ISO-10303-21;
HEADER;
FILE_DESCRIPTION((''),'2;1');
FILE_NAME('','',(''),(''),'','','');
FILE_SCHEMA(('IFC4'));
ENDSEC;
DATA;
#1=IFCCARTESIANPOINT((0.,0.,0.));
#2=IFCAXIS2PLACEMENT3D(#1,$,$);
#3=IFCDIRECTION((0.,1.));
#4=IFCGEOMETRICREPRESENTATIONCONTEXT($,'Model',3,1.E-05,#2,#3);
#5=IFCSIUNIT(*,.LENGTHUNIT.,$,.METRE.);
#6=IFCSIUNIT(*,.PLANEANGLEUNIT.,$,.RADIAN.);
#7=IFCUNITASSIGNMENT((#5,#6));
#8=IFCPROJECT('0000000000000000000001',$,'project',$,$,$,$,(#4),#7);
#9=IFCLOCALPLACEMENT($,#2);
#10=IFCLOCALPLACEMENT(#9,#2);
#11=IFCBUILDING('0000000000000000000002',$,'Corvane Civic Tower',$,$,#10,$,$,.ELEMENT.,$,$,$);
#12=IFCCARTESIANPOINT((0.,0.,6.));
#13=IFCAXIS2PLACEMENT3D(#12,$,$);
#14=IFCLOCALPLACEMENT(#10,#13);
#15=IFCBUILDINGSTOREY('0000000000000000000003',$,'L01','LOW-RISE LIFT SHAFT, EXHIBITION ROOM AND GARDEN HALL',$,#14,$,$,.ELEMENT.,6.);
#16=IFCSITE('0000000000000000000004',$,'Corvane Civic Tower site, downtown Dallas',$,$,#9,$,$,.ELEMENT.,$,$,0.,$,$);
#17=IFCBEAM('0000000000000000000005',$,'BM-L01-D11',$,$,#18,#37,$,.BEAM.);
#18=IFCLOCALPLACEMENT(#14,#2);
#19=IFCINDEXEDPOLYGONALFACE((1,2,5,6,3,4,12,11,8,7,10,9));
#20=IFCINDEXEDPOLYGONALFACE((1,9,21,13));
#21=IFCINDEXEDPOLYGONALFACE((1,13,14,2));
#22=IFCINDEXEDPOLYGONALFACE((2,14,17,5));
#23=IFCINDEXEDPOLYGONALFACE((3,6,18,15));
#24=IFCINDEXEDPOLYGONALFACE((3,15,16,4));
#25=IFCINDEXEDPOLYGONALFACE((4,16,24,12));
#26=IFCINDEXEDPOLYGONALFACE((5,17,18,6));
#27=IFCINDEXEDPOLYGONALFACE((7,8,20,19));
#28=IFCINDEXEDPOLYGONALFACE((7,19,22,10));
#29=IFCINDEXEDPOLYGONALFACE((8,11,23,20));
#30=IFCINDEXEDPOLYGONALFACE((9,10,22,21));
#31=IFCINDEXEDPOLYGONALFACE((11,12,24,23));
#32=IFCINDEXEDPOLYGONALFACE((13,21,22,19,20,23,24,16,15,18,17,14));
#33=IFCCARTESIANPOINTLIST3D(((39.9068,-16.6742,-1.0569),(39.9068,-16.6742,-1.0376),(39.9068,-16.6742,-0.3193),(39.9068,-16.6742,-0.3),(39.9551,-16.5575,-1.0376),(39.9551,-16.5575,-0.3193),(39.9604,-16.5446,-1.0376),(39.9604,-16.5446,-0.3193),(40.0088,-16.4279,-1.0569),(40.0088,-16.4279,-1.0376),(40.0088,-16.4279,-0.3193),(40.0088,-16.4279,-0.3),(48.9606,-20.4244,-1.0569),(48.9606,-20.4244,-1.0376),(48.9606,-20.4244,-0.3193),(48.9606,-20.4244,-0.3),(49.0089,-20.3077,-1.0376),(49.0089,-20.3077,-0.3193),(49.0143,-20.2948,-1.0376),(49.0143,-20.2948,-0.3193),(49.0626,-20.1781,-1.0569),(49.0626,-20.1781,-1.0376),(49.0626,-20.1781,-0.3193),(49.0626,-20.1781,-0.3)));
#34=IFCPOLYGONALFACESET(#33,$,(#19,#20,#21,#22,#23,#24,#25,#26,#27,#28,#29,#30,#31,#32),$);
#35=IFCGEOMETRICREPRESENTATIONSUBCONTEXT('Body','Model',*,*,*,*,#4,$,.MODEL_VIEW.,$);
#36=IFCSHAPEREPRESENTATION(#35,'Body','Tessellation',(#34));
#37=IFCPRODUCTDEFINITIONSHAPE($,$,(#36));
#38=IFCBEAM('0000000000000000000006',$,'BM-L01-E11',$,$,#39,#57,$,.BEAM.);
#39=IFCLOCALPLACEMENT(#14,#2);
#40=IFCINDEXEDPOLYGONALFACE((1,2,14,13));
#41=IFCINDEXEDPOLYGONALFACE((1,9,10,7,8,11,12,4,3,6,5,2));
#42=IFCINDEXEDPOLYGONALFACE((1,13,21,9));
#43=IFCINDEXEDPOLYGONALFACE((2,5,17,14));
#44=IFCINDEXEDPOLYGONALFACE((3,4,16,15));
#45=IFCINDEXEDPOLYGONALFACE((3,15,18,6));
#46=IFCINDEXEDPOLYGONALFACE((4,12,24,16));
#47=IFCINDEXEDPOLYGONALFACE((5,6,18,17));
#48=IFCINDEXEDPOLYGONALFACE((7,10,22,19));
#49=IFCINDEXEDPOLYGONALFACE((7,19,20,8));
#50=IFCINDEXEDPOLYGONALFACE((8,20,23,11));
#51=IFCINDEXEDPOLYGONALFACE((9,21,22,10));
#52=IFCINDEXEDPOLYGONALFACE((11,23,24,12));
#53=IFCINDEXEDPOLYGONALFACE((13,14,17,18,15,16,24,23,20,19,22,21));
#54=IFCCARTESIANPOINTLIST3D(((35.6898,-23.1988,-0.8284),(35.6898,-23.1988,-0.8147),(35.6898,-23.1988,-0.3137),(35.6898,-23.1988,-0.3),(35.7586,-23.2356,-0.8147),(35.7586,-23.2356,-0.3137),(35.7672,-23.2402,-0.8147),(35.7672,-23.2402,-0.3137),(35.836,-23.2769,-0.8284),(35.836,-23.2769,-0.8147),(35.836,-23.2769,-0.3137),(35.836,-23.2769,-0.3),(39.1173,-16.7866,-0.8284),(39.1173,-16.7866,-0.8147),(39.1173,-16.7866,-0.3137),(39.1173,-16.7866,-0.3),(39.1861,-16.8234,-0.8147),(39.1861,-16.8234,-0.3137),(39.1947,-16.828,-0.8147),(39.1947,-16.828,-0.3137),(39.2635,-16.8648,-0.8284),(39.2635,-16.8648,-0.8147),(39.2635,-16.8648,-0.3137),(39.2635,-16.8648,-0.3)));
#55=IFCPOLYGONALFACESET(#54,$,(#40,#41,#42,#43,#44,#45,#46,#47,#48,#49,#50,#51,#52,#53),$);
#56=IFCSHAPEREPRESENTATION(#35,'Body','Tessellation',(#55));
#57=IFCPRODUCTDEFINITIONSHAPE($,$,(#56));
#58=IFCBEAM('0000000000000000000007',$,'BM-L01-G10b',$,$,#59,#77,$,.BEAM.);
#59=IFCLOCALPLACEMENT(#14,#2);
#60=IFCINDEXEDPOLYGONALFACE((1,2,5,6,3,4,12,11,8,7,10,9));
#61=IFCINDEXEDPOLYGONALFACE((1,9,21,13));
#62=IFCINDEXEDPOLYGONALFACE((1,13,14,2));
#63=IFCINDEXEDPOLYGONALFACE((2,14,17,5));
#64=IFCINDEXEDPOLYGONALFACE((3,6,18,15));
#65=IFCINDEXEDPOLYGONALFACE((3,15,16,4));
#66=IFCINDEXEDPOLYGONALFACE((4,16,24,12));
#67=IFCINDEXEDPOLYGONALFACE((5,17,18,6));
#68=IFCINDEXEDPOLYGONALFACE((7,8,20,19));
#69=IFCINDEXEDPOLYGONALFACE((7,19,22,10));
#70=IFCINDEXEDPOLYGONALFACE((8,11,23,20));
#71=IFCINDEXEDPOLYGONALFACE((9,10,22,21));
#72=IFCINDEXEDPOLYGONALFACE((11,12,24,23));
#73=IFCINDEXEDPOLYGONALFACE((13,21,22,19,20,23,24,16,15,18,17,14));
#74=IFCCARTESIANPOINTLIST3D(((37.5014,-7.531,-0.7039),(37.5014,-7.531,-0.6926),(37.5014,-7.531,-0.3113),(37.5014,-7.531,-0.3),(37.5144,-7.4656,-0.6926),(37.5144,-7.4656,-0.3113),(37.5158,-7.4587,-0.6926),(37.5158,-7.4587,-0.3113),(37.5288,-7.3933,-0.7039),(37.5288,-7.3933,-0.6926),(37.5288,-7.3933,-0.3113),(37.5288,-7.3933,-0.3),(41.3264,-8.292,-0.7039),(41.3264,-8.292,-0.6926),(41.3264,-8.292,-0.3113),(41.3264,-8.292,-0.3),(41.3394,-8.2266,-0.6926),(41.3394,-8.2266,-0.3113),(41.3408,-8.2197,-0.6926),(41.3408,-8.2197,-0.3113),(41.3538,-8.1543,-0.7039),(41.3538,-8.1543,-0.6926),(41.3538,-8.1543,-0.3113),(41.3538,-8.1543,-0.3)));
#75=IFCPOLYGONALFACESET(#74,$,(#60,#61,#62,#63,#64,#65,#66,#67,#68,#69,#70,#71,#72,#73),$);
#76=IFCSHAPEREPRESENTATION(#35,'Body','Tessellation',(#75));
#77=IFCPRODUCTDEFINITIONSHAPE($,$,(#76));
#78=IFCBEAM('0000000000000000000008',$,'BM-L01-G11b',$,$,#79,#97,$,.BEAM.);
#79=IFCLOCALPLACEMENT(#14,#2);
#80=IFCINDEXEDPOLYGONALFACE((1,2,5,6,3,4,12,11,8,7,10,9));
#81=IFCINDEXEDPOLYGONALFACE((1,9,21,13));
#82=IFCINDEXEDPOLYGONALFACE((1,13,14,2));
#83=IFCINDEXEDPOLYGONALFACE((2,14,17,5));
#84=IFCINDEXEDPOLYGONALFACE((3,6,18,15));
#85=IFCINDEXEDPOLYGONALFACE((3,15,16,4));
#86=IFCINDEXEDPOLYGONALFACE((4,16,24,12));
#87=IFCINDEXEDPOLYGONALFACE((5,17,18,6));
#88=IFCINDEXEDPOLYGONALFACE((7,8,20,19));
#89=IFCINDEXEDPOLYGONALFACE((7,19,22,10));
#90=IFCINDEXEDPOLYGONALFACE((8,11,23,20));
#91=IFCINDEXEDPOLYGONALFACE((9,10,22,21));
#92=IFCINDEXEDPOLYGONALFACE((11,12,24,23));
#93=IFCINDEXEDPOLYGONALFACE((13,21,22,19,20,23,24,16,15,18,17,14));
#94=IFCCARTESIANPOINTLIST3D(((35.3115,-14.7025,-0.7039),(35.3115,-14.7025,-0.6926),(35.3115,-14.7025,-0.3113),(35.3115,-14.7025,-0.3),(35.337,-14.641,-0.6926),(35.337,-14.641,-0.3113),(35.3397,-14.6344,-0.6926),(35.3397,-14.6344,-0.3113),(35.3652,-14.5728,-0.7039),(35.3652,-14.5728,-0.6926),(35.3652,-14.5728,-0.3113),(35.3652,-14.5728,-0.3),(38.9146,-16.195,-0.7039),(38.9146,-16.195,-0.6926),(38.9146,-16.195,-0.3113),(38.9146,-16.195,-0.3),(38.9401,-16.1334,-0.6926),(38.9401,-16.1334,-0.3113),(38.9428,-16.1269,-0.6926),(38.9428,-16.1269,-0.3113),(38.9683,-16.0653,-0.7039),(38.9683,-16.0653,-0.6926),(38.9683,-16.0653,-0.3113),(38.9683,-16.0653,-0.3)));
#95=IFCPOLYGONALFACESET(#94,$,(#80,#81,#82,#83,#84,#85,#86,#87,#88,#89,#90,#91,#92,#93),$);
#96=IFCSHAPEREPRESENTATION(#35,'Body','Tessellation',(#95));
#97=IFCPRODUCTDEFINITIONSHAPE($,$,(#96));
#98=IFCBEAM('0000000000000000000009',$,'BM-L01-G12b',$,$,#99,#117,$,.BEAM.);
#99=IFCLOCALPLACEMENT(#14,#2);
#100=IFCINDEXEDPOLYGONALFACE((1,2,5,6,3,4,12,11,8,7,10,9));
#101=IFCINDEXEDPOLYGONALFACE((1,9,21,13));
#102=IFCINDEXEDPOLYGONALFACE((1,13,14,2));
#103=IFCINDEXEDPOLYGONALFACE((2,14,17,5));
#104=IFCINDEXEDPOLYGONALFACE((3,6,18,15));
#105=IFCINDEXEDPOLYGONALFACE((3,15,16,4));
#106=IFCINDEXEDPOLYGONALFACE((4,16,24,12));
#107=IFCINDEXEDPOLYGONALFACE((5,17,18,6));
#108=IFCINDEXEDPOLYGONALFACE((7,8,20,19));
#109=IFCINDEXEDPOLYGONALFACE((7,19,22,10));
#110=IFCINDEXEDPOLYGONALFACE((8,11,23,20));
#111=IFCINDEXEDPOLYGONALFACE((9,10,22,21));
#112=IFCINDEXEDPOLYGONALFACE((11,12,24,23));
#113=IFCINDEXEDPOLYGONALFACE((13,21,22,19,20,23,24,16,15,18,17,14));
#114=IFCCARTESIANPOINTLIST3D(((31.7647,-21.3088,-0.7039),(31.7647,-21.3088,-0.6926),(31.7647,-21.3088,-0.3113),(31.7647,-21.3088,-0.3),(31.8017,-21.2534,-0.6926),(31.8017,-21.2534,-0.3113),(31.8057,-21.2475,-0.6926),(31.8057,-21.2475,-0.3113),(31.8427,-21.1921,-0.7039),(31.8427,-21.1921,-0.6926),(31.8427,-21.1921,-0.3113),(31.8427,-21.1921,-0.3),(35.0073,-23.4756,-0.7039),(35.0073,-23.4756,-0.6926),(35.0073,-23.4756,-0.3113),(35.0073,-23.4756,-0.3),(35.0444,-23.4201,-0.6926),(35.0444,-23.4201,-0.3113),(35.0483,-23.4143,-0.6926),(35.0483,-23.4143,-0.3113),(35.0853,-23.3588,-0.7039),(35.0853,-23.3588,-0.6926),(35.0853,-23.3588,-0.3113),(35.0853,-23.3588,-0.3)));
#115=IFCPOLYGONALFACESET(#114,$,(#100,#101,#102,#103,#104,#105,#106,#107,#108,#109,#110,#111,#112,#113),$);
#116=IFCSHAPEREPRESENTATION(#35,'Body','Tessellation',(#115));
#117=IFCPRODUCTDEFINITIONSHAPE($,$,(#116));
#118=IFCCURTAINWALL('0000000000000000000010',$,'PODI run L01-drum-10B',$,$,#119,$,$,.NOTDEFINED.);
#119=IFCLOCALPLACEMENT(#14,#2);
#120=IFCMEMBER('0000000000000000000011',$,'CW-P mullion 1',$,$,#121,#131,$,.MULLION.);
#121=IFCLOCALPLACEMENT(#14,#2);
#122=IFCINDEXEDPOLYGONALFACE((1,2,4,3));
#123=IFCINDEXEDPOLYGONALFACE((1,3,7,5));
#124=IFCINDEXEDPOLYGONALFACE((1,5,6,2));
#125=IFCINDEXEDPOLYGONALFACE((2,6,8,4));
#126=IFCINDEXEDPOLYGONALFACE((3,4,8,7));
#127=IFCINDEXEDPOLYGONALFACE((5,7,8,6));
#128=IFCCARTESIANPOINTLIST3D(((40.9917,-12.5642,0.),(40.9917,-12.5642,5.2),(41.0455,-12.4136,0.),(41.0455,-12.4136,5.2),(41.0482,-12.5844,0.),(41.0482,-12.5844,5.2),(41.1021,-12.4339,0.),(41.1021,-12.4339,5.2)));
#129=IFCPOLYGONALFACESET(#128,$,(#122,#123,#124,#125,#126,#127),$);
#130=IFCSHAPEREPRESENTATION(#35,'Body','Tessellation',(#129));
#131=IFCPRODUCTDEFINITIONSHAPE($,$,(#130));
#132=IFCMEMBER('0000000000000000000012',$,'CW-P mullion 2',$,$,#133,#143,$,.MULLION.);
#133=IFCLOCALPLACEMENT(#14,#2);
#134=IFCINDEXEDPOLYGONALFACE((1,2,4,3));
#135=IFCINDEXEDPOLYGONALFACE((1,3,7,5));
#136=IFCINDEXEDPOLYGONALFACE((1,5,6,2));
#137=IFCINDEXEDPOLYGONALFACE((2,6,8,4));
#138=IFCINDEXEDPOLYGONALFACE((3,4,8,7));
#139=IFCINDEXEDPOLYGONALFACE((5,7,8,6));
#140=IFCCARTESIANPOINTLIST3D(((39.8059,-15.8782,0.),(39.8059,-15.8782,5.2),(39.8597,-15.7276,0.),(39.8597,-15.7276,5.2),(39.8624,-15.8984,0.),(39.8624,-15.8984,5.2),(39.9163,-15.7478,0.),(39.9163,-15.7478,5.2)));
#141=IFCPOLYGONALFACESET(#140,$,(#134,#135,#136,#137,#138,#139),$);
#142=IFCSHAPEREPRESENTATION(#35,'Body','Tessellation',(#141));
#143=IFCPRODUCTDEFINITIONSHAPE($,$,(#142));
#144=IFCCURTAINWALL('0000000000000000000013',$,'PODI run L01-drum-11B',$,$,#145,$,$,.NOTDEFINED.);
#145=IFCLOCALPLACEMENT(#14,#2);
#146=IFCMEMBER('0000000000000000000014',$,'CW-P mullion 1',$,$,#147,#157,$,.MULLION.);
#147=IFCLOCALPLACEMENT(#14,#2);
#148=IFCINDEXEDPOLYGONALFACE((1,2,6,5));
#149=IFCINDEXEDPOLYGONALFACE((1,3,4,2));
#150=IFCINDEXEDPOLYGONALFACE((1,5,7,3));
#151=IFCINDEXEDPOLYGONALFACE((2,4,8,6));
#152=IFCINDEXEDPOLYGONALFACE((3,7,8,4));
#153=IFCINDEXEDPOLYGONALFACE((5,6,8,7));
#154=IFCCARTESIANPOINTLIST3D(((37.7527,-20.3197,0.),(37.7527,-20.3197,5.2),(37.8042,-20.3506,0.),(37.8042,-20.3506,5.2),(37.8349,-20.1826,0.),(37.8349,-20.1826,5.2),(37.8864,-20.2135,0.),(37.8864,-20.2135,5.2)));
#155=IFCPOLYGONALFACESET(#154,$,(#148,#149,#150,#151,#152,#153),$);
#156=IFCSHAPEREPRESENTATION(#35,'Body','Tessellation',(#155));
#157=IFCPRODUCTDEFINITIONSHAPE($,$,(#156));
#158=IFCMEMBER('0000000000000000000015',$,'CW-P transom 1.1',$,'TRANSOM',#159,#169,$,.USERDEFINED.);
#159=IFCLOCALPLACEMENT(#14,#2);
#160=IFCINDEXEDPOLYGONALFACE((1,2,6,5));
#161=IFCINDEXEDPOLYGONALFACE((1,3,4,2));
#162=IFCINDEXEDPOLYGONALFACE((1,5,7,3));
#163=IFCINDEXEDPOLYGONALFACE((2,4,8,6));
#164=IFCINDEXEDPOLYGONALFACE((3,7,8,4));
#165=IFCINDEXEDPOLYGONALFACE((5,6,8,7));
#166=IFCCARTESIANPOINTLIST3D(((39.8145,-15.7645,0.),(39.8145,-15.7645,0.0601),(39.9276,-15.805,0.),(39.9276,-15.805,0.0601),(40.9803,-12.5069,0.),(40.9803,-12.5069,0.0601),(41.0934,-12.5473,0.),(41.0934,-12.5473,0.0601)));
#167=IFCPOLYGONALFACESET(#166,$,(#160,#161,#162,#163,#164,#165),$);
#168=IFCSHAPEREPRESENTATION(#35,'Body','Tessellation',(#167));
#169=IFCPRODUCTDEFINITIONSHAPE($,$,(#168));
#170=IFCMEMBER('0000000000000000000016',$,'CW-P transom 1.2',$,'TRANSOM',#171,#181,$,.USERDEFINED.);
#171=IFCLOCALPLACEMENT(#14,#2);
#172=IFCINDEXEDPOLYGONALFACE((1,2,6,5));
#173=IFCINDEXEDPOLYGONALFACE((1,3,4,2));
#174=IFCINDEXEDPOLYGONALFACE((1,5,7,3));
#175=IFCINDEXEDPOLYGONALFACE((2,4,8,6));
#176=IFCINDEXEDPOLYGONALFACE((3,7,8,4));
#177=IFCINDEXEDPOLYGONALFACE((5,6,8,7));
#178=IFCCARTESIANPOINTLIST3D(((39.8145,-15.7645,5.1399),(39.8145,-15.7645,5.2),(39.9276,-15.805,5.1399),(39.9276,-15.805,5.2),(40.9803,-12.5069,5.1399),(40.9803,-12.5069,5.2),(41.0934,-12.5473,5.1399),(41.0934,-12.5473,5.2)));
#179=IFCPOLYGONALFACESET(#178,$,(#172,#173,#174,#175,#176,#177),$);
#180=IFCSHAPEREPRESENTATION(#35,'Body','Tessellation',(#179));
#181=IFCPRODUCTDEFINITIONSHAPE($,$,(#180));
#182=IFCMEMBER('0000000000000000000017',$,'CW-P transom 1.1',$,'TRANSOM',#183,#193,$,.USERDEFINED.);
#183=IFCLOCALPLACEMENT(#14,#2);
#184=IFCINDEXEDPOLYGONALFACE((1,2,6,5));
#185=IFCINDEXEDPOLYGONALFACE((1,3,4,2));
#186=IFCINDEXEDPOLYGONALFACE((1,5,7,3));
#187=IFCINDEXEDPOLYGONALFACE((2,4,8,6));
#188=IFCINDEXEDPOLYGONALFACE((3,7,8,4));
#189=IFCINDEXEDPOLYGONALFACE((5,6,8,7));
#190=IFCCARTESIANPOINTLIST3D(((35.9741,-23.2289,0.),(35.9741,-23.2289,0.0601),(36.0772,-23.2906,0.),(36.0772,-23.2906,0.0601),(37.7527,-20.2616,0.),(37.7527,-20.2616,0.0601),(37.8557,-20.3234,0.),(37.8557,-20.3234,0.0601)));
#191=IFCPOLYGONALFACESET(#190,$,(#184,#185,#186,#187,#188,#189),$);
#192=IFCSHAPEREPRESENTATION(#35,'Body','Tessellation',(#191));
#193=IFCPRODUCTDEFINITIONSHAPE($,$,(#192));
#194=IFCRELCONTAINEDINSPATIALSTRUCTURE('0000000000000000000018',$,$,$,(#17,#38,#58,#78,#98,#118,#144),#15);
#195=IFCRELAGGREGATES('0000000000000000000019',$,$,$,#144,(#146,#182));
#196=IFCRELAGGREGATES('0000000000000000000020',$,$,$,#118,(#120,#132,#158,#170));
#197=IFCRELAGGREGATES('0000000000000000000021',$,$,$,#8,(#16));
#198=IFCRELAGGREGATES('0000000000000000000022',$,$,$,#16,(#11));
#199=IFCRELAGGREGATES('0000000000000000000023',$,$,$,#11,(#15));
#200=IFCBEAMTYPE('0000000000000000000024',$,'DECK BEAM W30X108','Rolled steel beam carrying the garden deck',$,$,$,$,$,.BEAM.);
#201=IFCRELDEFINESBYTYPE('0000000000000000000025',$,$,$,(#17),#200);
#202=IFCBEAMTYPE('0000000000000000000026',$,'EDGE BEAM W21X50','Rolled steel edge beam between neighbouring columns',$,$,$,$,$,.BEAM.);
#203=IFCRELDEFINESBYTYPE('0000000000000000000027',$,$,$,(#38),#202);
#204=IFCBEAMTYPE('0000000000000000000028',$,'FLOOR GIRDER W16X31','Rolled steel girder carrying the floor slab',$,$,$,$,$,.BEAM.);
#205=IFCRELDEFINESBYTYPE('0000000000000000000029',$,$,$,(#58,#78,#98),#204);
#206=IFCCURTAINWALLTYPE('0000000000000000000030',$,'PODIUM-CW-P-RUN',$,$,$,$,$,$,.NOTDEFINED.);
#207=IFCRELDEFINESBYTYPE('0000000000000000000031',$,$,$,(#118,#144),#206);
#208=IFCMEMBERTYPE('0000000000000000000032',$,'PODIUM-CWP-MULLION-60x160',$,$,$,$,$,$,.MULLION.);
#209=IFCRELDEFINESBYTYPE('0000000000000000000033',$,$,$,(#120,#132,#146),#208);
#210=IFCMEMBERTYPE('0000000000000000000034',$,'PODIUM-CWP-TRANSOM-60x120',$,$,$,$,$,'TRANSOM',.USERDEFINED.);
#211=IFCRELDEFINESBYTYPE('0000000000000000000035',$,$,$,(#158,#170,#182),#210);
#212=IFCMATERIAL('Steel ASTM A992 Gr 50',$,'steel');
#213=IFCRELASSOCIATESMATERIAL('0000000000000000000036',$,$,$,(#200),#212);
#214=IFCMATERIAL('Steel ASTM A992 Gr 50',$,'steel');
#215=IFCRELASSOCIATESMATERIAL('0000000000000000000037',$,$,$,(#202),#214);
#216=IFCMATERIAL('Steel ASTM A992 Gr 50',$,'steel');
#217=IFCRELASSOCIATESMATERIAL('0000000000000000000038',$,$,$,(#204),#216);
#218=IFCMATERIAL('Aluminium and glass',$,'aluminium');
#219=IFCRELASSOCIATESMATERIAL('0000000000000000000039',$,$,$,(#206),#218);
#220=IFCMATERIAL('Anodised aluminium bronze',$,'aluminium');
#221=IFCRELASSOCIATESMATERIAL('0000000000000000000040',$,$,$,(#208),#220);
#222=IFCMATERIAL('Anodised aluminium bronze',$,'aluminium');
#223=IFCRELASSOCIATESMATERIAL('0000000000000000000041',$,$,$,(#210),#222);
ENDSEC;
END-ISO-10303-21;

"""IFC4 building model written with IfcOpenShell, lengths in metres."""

from ifc_helpers import new_model, si_unit, direction, frame, origin, origin_2d, place, context, subcontext, project, spatial, rectangle, i_section, extrude, material, material_profile, profile_set, type_object, element, aggregate, save


model = new_model("IFC4")

# Units and contexts
model_context = context("Model", 3, precision=1e-05, world=origin(), true_north=direction((0.0, 1.0)))
body_context = subcontext(model_context, "Body", "Model", "MODEL_VIEW")
ifc_project = project(units=[si_unit("LENGTHUNIT", "METRE"), si_unit("PLANEANGLEUNIT", "RADIAN")], contexts=[model_context])

# Site, building, storey
site_placement = place(None, origin())
site = spatial("IfcSite", under=ifc_project, at=site_placement, Name="Corvane Civic Tower site, downtown Dallas", CompositionType="ELEMENT", RefElevation=0.0)
building_placement = place(site_placement, origin())
building = spatial("IfcBuilding", under=site, at=building_placement, Name="Corvane Civic Tower", CompositionType="ELEMENT")
storey_placement = place(building_placement, frame((0.0, 0.0, 6.0)))
storey = spatial("IfcBuildingStorey", under=building, at=storey_placement, Name="L01", Description="LOW-RISE LIFT SHAFT, EXHIBITION ROOM AND GARDEN HALL", CompositionType="ELEMENT", Elevation=6.0)

# Beams
ifc_material_1 = material(Name="Steel ASTM A992 Gr 50", Category="steel")
ifc_material_profile_1 = material_profile(ifc_material_1, i_section(OverallWidth=0.2666, OverallDepth=0.7568, WebThickness=0.0139, FlangeThickness=0.0193, at=origin_2d()), Name="W30X108")
ifc_profile_set_1 = profile_set([ifc_material_profile_1], Name="Steel ASTM A992 Gr 50")
beam_type_1 = type_object("IfcBeamType", Name="DECK BEAM W30X108", Description="Rolled steel beam carrying the garden deck", PredefinedType="BEAM", material=ifc_profile_set_1)
beam_1_placement = place(storey_placement, frame((39.9578, -16.551, -0.6785), z_axis=(0.923881, -0.382681, 0.0), x_axis=(0.382681, 0.923881, 0.0)))
element("IfcBeam", 1, at=beam_1_placement, inside=storey, type_object=beam_type_1, Name="BM-L01-D11", PredefinedType="BEAM", context=body_context, shape_type="SweptSolid", body=[
    extrude(i_section(OverallWidth=0.2666, OverallDepth=0.7568, WebThickness=0.0139, FlangeThickness=0.0193, at=origin_2d()), origin(), (0.0, 0.0, 1.0), 9.7998),
])
ifc_material_2 = material(Name="Steel ASTM A992 Gr 50", Category="steel")
ifc_material_profile_2 = material_profile(ifc_material_2, i_section(OverallWidth=0.1658, OverallDepth=0.5283, WebThickness=0.0098, FlangeThickness=0.0137, at=origin_2d()), Name="W21X50")
ifc_profile_set_2 = profile_set([ifc_material_profile_2], Name="Steel ASTM A992 Gr 50")
beam_type_2 = type_object("IfcBeamType", Name="EDGE BEAM W21X50", Description="Rolled steel edge beam between neighbouring columns", PredefinedType="BEAM", material=ifc_profile_set_2)
beam_2_placement = place(storey_placement, frame((39.1904, -16.8257, -0.5642), z_axis=(-0.471412, -0.881913, 0.0), x_axis=(0.881913, -0.471412, 0.0)))
element("IfcBeam", 2, at=beam_2_placement, inside=storey, type_object=beam_type_2, Name="BM-L01-E11", PredefinedType="BEAM", context=body_context, shape_type="SweptSolid", body=[
    extrude(i_section(OverallWidth=0.1658, OverallDepth=0.5283, WebThickness=0.0098, FlangeThickness=0.0137, at=origin_2d()), origin(), (0.0, 0.0, 1.0), 7.2708),
])
ifc_material_3 = material(Name="Steel ASTM A992 Gr 50", Category="steel")
ifc_material_profile_3 = material_profile(ifc_material_3, i_section(OverallWidth=0.1404, OverallDepth=0.4038, WebThickness=0.0071, FlangeThickness=0.0112, at=origin_2d()), Name="W16X31")
ifc_profile_set_3 = profile_set([ifc_material_profile_3], Name="Steel ASTM A992 Gr 50")
beam_type_3 = type_object("IfcBeamType", Name="FLOOR GIRDER W16X31", Description="Rolled steel girder carrying the floor slab", PredefinedType="BEAM", material=ifc_profile_set_3)
for number, where, z_axis, x_axis, name in (
    (3, (37.5151, -7.4622, -0.502), (0.980778, -0.195129, 0.0), (0.195129, 0.980778, 0.0), "BM-L01-G10b"),
    (4, (35.3384, -14.6377, -0.502), (0.923879, -0.382685, 0.0), (0.382685, 0.923879, 0.0), "BM-L01-G11b"),
    (5, (31.8037, -21.2505, -0.502), (0.831462, -0.555581, 0.0), (0.555581, 0.831462, 0.0), "BM-L01-G12b"),
):
    element("IfcBeam", number, at=place(storey_placement, frame(where, z_axis=z_axis, x_axis=x_axis)), inside=storey, type_object=beam_type_3, Name=name, PredefinedType="BEAM", context=body_context, shape_type="SweptSolid", body=[
        extrude(i_section(OverallWidth=0.1404, OverallDepth=0.4038, WebThickness=0.0071, FlangeThickness=0.0112, at=origin_2d()), origin(), (0.0, 0.0, 1.0), 3.8999),
    ])

# Curtain wall, members
ifc_material_4 = material(Name="Aluminium and glass", Category="aluminium")
curtain_wall_type = type_object("IfcCurtainWallType", Name="PODIUM-CW-P-RUN", PredefinedType="NOTDEFINED", material=ifc_material_4)
curtain_wall_1_placement = place(storey_placement, origin())
curtain_wall_1 = element("IfcCurtainWall", 6, at=curtain_wall_1_placement, inside=storey, type_object=curtain_wall_type, Name="PODI run L01-drum-10B", PredefinedType="NOTDEFINED")
ifc_material_5 = material(Name="Anodised aluminium bronze", Category="aluminium")
ifc_material_profile_4 = material_profile(ifc_material_5, rectangle(XDim=0.0601, YDim=0.1599, at=origin_2d()), Name="AL 60x160")
ifc_profile_set_4 = profile_set([ifc_material_profile_4], Name="Anodised aluminium bronze")
member_type_1 = type_object("IfcMemberType", Name="PODIUM-CWP-MULLION-60x160", PredefinedType="MULLION", material=ifc_profile_set_4)
member_1_placement = place(storey_placement, frame((41.0469, -12.499, 0.0), z_axis=(0.0, 0.0, 1.0), x_axis=(0.941534, -0.336919, 0.0)))
member_1 = element("IfcMember", 7, at=member_1_placement, type_object=member_type_1, Name="CW-P mullion 1", PredefinedType="MULLION", context=body_context, shape_type="SweptSolid", body=[
    extrude(rectangle(XDim=0.0601, YDim=0.1599, at=origin_2d()), origin(), (0.0, 0.0, 1.0), 5.2),
])
member_2_placement = place(storey_placement, frame((39.8611, -15.813, 0.0), z_axis=(0.0, 0.0, 1.0), x_axis=(0.941534, -0.336919, 0.0)))
member_2 = element("IfcMember", 8, at=member_2_placement, type_object=member_type_1, Name="CW-P mullion 2", PredefinedType="MULLION", context=body_context, shape_type="SweptSolid", body=[
    extrude(rectangle(XDim=0.0601, YDim=0.1599, at=origin_2d()), origin(), (0.0, 0.0, 1.0), 5.2),
])

# Curtain wall, member
curtain_wall_2_placement = place(storey_placement, origin())
curtain_wall_2 = element("IfcCurtainWall", 9, at=curtain_wall_2_placement, inside=storey, type_object=curtain_wall_type, Name="PODI run L01-drum-11B", PredefinedType="NOTDEFINED")
member_3_placement = place(storey_placement, frame((37.8196, -20.2666, 0.0), z_axis=(0.0, 0.0, 1.0), x_axis=(0.85772, -0.514118, 0.0)))
member_3 = element("IfcMember", 10, at=member_3_placement, type_object=member_type_1, Name="CW-P mullion 1", PredefinedType="MULLION", context=body_context, shape_type="SweptSolid", body=[
    extrude(rectangle(XDim=0.0601, YDim=0.1599, at=origin_2d()), origin(), (0.0, 0.0, 1.0), 5.2),
])

# Members
ifc_material_6 = material(Name="Anodised aluminium bronze", Category="aluminium")
ifc_material_profile_5 = material_profile(ifc_material_6, rectangle(XDim=0.1201, YDim=0.0601, at=origin_2d()), Name="AL 120x60")
ifc_profile_set_5 = profile_set([ifc_material_profile_5], Name="Anodised aluminium bronze")
member_type_2 = type_object("IfcMemberType", Name="PODIUM-CWP-TRANSOM-60x120", ElementType="TRANSOM", PredefinedType="USERDEFINED", material=ifc_profile_set_5)
member_4_placement = place(storey_placement, frame((41.0369, -12.5271, 0.03), z_axis=(-0.33694, -0.941526, 0.0), x_axis=(0.941526, -0.33694, 0.0)))
member_4 = element("IfcMember", 11, at=member_4_placement, type_object=member_type_2, Name="CW-P transom 1.1", ObjectType="TRANSOM", PredefinedType="USERDEFINED", context=body_context, shape_type="SweptSolid", body=[
    extrude(rectangle(XDim=0.1201, YDim=0.0601, at=origin_2d()), origin(), (0.0, 0.0, 1.0), 3.46),
])
member_5_placement = place(storey_placement, frame((41.0369, -12.5271, 5.1699), z_axis=(-0.33694, -0.941526, 0.0), x_axis=(0.941526, -0.33694, 0.0)))
member_5 = element("IfcMember", 12, at=member_5_placement, type_object=member_type_2, Name="CW-P transom 1.2", ObjectType="TRANSOM", PredefinedType="USERDEFINED", context=body_context, shape_type="SweptSolid", body=[
    extrude(rectangle(XDim=0.1201, YDim=0.0601, at=origin_2d()), origin(), (0.0, 0.0, 1.0), 3.46),
])
member_6_placement = place(storey_placement, frame((37.8042, -20.2925, 0.03), z_axis=(-0.514112, -0.857723, 0.0), x_axis=(0.857723, -0.514112, 0.0)))
member_6 = element("IfcMember", 13, at=member_6_placement, type_object=member_type_2, Name="CW-P transom 1.1", ObjectType="TRANSOM", PredefinedType="USERDEFINED", context=body_context, shape_type="SweptSolid", body=[
    extrude(rectangle(XDim=0.1201, YDim=0.0601, at=origin_2d()), origin(), (0.0, 0.0, 1.0), 3.4595),
])
aggregate(curtain_wall_2, [member_3, member_6])

aggregate(curtain_wall_1, [member_1, member_2, member_4, member_5])

save(model, "model.ifc")
